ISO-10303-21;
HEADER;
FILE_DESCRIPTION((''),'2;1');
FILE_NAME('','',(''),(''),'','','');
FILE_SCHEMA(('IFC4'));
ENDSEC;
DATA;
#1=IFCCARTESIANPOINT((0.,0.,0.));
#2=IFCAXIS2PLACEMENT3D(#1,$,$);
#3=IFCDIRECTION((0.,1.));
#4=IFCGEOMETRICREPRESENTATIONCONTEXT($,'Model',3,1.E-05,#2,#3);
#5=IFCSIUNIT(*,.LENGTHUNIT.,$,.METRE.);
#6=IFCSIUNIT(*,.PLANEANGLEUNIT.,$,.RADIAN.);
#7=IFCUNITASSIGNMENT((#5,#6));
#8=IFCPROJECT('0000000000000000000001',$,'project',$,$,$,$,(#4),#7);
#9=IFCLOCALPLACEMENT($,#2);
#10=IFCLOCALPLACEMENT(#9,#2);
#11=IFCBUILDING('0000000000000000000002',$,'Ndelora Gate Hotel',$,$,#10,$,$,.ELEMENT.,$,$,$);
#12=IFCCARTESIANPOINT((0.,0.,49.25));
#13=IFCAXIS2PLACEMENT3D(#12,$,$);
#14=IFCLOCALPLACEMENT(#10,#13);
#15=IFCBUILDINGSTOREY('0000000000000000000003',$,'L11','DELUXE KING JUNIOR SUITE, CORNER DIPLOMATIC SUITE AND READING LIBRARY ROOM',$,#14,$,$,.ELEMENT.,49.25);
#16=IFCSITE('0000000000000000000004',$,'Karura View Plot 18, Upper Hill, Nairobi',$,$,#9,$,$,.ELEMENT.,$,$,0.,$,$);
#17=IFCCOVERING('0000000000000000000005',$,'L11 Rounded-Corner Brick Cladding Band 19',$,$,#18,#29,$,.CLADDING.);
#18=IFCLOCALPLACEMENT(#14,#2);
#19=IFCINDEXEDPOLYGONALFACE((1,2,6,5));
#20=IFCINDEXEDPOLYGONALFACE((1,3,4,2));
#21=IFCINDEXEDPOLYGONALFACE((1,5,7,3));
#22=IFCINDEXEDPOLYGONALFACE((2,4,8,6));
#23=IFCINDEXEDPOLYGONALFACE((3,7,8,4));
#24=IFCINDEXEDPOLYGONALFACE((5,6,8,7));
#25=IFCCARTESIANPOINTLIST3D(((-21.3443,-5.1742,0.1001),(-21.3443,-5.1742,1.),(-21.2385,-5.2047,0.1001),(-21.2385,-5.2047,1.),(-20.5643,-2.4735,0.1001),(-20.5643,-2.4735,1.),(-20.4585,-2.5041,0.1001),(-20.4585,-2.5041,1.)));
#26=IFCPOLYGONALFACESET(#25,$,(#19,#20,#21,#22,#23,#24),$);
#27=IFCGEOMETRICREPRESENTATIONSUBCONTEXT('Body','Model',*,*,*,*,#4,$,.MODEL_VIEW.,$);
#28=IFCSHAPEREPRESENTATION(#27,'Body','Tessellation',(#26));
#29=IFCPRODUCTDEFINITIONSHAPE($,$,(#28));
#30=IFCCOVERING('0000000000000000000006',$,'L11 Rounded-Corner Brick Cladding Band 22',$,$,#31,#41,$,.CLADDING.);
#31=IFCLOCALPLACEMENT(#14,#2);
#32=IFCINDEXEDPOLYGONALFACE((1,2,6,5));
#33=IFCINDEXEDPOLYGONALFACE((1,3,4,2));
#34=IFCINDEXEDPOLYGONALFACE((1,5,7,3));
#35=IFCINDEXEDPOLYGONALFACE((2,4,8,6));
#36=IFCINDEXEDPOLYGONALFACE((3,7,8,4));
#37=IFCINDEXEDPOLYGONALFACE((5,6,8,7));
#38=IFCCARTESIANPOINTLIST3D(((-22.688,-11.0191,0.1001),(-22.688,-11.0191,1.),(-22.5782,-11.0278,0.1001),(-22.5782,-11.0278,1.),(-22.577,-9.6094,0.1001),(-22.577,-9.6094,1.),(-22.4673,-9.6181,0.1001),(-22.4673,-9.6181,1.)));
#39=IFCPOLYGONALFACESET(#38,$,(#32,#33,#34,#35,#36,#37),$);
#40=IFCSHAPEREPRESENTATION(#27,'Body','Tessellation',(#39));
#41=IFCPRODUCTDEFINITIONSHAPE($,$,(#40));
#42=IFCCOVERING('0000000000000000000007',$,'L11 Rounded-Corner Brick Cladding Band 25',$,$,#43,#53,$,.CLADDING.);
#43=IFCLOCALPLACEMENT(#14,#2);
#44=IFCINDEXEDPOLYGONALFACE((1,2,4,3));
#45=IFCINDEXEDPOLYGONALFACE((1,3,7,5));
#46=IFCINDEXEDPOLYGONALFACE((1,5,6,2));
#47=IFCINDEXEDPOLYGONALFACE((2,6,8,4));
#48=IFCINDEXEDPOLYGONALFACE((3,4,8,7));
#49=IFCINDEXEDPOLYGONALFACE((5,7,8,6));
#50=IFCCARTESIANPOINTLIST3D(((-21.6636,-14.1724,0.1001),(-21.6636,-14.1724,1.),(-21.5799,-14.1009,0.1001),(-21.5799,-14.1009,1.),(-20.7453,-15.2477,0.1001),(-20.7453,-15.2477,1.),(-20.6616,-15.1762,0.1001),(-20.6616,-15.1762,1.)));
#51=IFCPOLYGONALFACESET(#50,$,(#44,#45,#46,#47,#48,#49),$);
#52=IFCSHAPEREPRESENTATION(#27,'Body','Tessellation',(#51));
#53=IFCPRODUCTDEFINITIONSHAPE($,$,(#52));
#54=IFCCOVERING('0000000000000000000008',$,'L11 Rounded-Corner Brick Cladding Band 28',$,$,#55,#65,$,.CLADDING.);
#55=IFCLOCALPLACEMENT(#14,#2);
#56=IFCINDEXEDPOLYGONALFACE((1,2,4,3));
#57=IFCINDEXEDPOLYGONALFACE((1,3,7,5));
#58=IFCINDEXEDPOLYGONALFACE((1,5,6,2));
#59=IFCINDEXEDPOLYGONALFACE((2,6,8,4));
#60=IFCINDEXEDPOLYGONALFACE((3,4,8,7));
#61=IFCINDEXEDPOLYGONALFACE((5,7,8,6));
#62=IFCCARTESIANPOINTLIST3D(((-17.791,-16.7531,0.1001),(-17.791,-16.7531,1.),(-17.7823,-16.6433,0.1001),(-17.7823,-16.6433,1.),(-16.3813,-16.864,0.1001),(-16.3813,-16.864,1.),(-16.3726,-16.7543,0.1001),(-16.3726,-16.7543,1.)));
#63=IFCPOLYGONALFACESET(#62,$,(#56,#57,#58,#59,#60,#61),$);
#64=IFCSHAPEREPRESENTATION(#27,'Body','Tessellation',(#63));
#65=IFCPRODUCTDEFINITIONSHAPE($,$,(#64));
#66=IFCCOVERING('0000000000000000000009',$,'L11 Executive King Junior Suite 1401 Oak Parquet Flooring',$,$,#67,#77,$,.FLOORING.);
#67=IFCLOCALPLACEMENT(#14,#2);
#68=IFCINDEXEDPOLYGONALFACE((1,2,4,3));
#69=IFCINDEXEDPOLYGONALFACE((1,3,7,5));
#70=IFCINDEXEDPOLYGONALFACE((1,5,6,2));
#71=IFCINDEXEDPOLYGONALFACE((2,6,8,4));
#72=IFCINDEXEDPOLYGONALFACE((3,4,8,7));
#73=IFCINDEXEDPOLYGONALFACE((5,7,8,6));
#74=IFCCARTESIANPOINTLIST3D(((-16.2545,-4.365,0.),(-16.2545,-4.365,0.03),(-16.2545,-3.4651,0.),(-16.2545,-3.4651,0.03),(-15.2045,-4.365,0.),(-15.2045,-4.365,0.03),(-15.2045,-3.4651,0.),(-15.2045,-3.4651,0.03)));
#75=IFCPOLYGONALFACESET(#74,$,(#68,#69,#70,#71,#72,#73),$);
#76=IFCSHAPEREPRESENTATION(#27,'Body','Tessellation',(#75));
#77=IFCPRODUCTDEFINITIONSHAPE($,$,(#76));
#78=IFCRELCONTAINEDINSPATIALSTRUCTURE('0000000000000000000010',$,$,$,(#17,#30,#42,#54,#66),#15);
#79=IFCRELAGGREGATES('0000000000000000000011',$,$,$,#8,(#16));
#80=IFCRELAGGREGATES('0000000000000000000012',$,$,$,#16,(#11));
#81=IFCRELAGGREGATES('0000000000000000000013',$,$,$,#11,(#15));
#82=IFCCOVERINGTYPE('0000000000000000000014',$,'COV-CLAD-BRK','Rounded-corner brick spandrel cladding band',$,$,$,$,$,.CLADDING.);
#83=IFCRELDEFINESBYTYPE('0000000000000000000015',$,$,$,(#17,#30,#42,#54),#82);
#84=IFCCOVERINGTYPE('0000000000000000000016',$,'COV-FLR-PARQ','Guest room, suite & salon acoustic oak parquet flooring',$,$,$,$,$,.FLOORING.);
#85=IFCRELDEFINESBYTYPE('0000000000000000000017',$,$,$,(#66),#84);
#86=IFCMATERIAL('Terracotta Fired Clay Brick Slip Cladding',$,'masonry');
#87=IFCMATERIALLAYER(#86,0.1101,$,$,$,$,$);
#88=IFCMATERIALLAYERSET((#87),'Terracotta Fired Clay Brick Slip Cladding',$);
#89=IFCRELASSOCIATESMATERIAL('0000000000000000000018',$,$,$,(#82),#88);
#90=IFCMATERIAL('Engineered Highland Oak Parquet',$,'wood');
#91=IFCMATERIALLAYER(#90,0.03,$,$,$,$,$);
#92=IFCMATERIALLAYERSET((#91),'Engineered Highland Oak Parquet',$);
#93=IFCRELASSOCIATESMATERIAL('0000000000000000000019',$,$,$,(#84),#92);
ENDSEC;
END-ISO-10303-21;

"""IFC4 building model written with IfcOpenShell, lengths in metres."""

from ifc_helpers import new_model, si_unit, direction, frame, origin, origin_2d, place, context, subcontext, project, spatial, rectangle, extrude, material, layer, layer_set, type_object, element, save


model = new_model("IFC4")

# Units and contexts
model_context = context("Model", 3, precision=1e-05, world=origin(), true_north=direction((0.0, 1.0)))
body_context = subcontext(model_context, "Body", "Model", "MODEL_VIEW")
ifc_project = project(units=[si_unit("LENGTHUNIT", "METRE"), si_unit("PLANEANGLEUNIT", "RADIAN")], contexts=[model_context])

# Site, building, storey
site_placement = place(None, origin())
site = spatial("IfcSite", under=ifc_project, at=site_placement, Name="Karura View Plot 18, Upper Hill, Nairobi", CompositionType="ELEMENT", RefElevation=0.0)
building_placement = place(site_placement, origin())
building = spatial("IfcBuilding", under=site, at=building_placement, Name="Ndelora Gate Hotel", CompositionType="ELEMENT")
storey_placement = place(building_placement, frame((0.0, 0.0, 49.25)))
storey = spatial("IfcBuildingStorey", under=building, at=storey_placement, Name="L11", Description="DELUXE KING JUNIOR SUITE, CORNER DIPLOMATIC SUITE AND READING LIBRARY ROOM", CompositionType="ELEMENT", Elevation=49.25)

# Coverings
ifc_material_1 = material(Name="Terracotta Fired Clay Brick Slip Cladding", Category="masonry")
ifc_layer_1 = layer(ifc_material_1, 0.1101)
ifc_layer_set_1 = layer_set([ifc_layer_1], Name="Terracotta Fired Clay Brick Slip Cladding")
covering_type_1 = type_object("IfcCoveringType", Name="COV-CLAD-BRK", Description="Rounded-corner brick spandrel cladding band", PredefinedType="CLADDING", material=ifc_layer_set_1)
covering_1_placement = place(storey_placement, frame((-20.9014, -3.8391, 0.1001), z_axis=(0.0, 0.0, 1.0), x_axis=(0.277482, 0.960731, 0.0)))
element("IfcCovering", 1, at=covering_1_placement, inside=storey, type_object=covering_type_1, Name="L11 Rounded-Corner Brick Cladding Band 19", PredefinedType="CLADDING", context=body_context, shape_type="SweptSolid", body=[
    extrude(rectangle(XDim=2.811, YDim=0.1101, at=origin_2d()), origin(), (0.0, 0.0, 1.0), 0.8999),
])
for number, where, z_axis, x_axis, name in (
    (2, (-22.5776, -10.3186, 0.1001), (0.0, 0.0, 1.0), (0.078459, 0.996917, 0.0), "L11 Rounded-Corner Brick Cladding Band 22"),
    (3, (-21.1626, -14.6743, 0.1001), (0.0, 0.0, 1.0), (-0.649448, 0.760406, 0.0), "L11 Rounded-Corner Brick Cladding Band 25"),
    (4, (-17.0818, -16.7537, 0.1001), (0.0, 0.0, 1.0), (-0.996917, 0.078459, 0.0), "L11 Rounded-Corner Brick Cladding Band 28"),
):
    element("IfcCovering", number, at=place(storey_placement, frame(where, z_axis=z_axis, x_axis=x_axis)), inside=storey, type_object=covering_type_1, Name=name, PredefinedType="CLADDING", context=body_context, shape_type="SweptSolid", body=[
        extrude(rectangle(XDim=1.4141, YDim=0.1101, at=origin_2d()), origin(), (0.0, 0.0, 1.0), 0.8999),
    ])
ifc_material_2 = material(Name="Engineered Highland Oak Parquet", Category="wood")
ifc_layer_2 = layer(ifc_material_2, 0.03)
ifc_layer_set_2 = layer_set([ifc_layer_2], Name="Engineered Highland Oak Parquet")
covering_type_2 = type_object("IfcCoveringType", Name="COV-FLR-PARQ", Description="Guest room, suite & salon acoustic oak parquet flooring", PredefinedType="FLOORING", material=ifc_layer_set_2)
covering_2_placement = place(storey_placement, frame((-15.7295, -3.915, 0.0), z_axis=(0.0, 0.0, 1.0), x_axis=(1.0, 0.0, 0.0)))
element("IfcCovering", 5, at=covering_2_placement, inside=storey, type_object=covering_type_2, Name="L11 Executive King Junior Suite 1401 Oak Parquet Flooring", PredefinedType="FLOORING", context=body_context, shape_type="SweptSolid", body=[
    extrude(rectangle(XDim=1.05, YDim=0.8999, at=origin_2d()), origin(), (0.0, 0.0, 1.0), 0.03),
])

save(model, "model.ifc")
